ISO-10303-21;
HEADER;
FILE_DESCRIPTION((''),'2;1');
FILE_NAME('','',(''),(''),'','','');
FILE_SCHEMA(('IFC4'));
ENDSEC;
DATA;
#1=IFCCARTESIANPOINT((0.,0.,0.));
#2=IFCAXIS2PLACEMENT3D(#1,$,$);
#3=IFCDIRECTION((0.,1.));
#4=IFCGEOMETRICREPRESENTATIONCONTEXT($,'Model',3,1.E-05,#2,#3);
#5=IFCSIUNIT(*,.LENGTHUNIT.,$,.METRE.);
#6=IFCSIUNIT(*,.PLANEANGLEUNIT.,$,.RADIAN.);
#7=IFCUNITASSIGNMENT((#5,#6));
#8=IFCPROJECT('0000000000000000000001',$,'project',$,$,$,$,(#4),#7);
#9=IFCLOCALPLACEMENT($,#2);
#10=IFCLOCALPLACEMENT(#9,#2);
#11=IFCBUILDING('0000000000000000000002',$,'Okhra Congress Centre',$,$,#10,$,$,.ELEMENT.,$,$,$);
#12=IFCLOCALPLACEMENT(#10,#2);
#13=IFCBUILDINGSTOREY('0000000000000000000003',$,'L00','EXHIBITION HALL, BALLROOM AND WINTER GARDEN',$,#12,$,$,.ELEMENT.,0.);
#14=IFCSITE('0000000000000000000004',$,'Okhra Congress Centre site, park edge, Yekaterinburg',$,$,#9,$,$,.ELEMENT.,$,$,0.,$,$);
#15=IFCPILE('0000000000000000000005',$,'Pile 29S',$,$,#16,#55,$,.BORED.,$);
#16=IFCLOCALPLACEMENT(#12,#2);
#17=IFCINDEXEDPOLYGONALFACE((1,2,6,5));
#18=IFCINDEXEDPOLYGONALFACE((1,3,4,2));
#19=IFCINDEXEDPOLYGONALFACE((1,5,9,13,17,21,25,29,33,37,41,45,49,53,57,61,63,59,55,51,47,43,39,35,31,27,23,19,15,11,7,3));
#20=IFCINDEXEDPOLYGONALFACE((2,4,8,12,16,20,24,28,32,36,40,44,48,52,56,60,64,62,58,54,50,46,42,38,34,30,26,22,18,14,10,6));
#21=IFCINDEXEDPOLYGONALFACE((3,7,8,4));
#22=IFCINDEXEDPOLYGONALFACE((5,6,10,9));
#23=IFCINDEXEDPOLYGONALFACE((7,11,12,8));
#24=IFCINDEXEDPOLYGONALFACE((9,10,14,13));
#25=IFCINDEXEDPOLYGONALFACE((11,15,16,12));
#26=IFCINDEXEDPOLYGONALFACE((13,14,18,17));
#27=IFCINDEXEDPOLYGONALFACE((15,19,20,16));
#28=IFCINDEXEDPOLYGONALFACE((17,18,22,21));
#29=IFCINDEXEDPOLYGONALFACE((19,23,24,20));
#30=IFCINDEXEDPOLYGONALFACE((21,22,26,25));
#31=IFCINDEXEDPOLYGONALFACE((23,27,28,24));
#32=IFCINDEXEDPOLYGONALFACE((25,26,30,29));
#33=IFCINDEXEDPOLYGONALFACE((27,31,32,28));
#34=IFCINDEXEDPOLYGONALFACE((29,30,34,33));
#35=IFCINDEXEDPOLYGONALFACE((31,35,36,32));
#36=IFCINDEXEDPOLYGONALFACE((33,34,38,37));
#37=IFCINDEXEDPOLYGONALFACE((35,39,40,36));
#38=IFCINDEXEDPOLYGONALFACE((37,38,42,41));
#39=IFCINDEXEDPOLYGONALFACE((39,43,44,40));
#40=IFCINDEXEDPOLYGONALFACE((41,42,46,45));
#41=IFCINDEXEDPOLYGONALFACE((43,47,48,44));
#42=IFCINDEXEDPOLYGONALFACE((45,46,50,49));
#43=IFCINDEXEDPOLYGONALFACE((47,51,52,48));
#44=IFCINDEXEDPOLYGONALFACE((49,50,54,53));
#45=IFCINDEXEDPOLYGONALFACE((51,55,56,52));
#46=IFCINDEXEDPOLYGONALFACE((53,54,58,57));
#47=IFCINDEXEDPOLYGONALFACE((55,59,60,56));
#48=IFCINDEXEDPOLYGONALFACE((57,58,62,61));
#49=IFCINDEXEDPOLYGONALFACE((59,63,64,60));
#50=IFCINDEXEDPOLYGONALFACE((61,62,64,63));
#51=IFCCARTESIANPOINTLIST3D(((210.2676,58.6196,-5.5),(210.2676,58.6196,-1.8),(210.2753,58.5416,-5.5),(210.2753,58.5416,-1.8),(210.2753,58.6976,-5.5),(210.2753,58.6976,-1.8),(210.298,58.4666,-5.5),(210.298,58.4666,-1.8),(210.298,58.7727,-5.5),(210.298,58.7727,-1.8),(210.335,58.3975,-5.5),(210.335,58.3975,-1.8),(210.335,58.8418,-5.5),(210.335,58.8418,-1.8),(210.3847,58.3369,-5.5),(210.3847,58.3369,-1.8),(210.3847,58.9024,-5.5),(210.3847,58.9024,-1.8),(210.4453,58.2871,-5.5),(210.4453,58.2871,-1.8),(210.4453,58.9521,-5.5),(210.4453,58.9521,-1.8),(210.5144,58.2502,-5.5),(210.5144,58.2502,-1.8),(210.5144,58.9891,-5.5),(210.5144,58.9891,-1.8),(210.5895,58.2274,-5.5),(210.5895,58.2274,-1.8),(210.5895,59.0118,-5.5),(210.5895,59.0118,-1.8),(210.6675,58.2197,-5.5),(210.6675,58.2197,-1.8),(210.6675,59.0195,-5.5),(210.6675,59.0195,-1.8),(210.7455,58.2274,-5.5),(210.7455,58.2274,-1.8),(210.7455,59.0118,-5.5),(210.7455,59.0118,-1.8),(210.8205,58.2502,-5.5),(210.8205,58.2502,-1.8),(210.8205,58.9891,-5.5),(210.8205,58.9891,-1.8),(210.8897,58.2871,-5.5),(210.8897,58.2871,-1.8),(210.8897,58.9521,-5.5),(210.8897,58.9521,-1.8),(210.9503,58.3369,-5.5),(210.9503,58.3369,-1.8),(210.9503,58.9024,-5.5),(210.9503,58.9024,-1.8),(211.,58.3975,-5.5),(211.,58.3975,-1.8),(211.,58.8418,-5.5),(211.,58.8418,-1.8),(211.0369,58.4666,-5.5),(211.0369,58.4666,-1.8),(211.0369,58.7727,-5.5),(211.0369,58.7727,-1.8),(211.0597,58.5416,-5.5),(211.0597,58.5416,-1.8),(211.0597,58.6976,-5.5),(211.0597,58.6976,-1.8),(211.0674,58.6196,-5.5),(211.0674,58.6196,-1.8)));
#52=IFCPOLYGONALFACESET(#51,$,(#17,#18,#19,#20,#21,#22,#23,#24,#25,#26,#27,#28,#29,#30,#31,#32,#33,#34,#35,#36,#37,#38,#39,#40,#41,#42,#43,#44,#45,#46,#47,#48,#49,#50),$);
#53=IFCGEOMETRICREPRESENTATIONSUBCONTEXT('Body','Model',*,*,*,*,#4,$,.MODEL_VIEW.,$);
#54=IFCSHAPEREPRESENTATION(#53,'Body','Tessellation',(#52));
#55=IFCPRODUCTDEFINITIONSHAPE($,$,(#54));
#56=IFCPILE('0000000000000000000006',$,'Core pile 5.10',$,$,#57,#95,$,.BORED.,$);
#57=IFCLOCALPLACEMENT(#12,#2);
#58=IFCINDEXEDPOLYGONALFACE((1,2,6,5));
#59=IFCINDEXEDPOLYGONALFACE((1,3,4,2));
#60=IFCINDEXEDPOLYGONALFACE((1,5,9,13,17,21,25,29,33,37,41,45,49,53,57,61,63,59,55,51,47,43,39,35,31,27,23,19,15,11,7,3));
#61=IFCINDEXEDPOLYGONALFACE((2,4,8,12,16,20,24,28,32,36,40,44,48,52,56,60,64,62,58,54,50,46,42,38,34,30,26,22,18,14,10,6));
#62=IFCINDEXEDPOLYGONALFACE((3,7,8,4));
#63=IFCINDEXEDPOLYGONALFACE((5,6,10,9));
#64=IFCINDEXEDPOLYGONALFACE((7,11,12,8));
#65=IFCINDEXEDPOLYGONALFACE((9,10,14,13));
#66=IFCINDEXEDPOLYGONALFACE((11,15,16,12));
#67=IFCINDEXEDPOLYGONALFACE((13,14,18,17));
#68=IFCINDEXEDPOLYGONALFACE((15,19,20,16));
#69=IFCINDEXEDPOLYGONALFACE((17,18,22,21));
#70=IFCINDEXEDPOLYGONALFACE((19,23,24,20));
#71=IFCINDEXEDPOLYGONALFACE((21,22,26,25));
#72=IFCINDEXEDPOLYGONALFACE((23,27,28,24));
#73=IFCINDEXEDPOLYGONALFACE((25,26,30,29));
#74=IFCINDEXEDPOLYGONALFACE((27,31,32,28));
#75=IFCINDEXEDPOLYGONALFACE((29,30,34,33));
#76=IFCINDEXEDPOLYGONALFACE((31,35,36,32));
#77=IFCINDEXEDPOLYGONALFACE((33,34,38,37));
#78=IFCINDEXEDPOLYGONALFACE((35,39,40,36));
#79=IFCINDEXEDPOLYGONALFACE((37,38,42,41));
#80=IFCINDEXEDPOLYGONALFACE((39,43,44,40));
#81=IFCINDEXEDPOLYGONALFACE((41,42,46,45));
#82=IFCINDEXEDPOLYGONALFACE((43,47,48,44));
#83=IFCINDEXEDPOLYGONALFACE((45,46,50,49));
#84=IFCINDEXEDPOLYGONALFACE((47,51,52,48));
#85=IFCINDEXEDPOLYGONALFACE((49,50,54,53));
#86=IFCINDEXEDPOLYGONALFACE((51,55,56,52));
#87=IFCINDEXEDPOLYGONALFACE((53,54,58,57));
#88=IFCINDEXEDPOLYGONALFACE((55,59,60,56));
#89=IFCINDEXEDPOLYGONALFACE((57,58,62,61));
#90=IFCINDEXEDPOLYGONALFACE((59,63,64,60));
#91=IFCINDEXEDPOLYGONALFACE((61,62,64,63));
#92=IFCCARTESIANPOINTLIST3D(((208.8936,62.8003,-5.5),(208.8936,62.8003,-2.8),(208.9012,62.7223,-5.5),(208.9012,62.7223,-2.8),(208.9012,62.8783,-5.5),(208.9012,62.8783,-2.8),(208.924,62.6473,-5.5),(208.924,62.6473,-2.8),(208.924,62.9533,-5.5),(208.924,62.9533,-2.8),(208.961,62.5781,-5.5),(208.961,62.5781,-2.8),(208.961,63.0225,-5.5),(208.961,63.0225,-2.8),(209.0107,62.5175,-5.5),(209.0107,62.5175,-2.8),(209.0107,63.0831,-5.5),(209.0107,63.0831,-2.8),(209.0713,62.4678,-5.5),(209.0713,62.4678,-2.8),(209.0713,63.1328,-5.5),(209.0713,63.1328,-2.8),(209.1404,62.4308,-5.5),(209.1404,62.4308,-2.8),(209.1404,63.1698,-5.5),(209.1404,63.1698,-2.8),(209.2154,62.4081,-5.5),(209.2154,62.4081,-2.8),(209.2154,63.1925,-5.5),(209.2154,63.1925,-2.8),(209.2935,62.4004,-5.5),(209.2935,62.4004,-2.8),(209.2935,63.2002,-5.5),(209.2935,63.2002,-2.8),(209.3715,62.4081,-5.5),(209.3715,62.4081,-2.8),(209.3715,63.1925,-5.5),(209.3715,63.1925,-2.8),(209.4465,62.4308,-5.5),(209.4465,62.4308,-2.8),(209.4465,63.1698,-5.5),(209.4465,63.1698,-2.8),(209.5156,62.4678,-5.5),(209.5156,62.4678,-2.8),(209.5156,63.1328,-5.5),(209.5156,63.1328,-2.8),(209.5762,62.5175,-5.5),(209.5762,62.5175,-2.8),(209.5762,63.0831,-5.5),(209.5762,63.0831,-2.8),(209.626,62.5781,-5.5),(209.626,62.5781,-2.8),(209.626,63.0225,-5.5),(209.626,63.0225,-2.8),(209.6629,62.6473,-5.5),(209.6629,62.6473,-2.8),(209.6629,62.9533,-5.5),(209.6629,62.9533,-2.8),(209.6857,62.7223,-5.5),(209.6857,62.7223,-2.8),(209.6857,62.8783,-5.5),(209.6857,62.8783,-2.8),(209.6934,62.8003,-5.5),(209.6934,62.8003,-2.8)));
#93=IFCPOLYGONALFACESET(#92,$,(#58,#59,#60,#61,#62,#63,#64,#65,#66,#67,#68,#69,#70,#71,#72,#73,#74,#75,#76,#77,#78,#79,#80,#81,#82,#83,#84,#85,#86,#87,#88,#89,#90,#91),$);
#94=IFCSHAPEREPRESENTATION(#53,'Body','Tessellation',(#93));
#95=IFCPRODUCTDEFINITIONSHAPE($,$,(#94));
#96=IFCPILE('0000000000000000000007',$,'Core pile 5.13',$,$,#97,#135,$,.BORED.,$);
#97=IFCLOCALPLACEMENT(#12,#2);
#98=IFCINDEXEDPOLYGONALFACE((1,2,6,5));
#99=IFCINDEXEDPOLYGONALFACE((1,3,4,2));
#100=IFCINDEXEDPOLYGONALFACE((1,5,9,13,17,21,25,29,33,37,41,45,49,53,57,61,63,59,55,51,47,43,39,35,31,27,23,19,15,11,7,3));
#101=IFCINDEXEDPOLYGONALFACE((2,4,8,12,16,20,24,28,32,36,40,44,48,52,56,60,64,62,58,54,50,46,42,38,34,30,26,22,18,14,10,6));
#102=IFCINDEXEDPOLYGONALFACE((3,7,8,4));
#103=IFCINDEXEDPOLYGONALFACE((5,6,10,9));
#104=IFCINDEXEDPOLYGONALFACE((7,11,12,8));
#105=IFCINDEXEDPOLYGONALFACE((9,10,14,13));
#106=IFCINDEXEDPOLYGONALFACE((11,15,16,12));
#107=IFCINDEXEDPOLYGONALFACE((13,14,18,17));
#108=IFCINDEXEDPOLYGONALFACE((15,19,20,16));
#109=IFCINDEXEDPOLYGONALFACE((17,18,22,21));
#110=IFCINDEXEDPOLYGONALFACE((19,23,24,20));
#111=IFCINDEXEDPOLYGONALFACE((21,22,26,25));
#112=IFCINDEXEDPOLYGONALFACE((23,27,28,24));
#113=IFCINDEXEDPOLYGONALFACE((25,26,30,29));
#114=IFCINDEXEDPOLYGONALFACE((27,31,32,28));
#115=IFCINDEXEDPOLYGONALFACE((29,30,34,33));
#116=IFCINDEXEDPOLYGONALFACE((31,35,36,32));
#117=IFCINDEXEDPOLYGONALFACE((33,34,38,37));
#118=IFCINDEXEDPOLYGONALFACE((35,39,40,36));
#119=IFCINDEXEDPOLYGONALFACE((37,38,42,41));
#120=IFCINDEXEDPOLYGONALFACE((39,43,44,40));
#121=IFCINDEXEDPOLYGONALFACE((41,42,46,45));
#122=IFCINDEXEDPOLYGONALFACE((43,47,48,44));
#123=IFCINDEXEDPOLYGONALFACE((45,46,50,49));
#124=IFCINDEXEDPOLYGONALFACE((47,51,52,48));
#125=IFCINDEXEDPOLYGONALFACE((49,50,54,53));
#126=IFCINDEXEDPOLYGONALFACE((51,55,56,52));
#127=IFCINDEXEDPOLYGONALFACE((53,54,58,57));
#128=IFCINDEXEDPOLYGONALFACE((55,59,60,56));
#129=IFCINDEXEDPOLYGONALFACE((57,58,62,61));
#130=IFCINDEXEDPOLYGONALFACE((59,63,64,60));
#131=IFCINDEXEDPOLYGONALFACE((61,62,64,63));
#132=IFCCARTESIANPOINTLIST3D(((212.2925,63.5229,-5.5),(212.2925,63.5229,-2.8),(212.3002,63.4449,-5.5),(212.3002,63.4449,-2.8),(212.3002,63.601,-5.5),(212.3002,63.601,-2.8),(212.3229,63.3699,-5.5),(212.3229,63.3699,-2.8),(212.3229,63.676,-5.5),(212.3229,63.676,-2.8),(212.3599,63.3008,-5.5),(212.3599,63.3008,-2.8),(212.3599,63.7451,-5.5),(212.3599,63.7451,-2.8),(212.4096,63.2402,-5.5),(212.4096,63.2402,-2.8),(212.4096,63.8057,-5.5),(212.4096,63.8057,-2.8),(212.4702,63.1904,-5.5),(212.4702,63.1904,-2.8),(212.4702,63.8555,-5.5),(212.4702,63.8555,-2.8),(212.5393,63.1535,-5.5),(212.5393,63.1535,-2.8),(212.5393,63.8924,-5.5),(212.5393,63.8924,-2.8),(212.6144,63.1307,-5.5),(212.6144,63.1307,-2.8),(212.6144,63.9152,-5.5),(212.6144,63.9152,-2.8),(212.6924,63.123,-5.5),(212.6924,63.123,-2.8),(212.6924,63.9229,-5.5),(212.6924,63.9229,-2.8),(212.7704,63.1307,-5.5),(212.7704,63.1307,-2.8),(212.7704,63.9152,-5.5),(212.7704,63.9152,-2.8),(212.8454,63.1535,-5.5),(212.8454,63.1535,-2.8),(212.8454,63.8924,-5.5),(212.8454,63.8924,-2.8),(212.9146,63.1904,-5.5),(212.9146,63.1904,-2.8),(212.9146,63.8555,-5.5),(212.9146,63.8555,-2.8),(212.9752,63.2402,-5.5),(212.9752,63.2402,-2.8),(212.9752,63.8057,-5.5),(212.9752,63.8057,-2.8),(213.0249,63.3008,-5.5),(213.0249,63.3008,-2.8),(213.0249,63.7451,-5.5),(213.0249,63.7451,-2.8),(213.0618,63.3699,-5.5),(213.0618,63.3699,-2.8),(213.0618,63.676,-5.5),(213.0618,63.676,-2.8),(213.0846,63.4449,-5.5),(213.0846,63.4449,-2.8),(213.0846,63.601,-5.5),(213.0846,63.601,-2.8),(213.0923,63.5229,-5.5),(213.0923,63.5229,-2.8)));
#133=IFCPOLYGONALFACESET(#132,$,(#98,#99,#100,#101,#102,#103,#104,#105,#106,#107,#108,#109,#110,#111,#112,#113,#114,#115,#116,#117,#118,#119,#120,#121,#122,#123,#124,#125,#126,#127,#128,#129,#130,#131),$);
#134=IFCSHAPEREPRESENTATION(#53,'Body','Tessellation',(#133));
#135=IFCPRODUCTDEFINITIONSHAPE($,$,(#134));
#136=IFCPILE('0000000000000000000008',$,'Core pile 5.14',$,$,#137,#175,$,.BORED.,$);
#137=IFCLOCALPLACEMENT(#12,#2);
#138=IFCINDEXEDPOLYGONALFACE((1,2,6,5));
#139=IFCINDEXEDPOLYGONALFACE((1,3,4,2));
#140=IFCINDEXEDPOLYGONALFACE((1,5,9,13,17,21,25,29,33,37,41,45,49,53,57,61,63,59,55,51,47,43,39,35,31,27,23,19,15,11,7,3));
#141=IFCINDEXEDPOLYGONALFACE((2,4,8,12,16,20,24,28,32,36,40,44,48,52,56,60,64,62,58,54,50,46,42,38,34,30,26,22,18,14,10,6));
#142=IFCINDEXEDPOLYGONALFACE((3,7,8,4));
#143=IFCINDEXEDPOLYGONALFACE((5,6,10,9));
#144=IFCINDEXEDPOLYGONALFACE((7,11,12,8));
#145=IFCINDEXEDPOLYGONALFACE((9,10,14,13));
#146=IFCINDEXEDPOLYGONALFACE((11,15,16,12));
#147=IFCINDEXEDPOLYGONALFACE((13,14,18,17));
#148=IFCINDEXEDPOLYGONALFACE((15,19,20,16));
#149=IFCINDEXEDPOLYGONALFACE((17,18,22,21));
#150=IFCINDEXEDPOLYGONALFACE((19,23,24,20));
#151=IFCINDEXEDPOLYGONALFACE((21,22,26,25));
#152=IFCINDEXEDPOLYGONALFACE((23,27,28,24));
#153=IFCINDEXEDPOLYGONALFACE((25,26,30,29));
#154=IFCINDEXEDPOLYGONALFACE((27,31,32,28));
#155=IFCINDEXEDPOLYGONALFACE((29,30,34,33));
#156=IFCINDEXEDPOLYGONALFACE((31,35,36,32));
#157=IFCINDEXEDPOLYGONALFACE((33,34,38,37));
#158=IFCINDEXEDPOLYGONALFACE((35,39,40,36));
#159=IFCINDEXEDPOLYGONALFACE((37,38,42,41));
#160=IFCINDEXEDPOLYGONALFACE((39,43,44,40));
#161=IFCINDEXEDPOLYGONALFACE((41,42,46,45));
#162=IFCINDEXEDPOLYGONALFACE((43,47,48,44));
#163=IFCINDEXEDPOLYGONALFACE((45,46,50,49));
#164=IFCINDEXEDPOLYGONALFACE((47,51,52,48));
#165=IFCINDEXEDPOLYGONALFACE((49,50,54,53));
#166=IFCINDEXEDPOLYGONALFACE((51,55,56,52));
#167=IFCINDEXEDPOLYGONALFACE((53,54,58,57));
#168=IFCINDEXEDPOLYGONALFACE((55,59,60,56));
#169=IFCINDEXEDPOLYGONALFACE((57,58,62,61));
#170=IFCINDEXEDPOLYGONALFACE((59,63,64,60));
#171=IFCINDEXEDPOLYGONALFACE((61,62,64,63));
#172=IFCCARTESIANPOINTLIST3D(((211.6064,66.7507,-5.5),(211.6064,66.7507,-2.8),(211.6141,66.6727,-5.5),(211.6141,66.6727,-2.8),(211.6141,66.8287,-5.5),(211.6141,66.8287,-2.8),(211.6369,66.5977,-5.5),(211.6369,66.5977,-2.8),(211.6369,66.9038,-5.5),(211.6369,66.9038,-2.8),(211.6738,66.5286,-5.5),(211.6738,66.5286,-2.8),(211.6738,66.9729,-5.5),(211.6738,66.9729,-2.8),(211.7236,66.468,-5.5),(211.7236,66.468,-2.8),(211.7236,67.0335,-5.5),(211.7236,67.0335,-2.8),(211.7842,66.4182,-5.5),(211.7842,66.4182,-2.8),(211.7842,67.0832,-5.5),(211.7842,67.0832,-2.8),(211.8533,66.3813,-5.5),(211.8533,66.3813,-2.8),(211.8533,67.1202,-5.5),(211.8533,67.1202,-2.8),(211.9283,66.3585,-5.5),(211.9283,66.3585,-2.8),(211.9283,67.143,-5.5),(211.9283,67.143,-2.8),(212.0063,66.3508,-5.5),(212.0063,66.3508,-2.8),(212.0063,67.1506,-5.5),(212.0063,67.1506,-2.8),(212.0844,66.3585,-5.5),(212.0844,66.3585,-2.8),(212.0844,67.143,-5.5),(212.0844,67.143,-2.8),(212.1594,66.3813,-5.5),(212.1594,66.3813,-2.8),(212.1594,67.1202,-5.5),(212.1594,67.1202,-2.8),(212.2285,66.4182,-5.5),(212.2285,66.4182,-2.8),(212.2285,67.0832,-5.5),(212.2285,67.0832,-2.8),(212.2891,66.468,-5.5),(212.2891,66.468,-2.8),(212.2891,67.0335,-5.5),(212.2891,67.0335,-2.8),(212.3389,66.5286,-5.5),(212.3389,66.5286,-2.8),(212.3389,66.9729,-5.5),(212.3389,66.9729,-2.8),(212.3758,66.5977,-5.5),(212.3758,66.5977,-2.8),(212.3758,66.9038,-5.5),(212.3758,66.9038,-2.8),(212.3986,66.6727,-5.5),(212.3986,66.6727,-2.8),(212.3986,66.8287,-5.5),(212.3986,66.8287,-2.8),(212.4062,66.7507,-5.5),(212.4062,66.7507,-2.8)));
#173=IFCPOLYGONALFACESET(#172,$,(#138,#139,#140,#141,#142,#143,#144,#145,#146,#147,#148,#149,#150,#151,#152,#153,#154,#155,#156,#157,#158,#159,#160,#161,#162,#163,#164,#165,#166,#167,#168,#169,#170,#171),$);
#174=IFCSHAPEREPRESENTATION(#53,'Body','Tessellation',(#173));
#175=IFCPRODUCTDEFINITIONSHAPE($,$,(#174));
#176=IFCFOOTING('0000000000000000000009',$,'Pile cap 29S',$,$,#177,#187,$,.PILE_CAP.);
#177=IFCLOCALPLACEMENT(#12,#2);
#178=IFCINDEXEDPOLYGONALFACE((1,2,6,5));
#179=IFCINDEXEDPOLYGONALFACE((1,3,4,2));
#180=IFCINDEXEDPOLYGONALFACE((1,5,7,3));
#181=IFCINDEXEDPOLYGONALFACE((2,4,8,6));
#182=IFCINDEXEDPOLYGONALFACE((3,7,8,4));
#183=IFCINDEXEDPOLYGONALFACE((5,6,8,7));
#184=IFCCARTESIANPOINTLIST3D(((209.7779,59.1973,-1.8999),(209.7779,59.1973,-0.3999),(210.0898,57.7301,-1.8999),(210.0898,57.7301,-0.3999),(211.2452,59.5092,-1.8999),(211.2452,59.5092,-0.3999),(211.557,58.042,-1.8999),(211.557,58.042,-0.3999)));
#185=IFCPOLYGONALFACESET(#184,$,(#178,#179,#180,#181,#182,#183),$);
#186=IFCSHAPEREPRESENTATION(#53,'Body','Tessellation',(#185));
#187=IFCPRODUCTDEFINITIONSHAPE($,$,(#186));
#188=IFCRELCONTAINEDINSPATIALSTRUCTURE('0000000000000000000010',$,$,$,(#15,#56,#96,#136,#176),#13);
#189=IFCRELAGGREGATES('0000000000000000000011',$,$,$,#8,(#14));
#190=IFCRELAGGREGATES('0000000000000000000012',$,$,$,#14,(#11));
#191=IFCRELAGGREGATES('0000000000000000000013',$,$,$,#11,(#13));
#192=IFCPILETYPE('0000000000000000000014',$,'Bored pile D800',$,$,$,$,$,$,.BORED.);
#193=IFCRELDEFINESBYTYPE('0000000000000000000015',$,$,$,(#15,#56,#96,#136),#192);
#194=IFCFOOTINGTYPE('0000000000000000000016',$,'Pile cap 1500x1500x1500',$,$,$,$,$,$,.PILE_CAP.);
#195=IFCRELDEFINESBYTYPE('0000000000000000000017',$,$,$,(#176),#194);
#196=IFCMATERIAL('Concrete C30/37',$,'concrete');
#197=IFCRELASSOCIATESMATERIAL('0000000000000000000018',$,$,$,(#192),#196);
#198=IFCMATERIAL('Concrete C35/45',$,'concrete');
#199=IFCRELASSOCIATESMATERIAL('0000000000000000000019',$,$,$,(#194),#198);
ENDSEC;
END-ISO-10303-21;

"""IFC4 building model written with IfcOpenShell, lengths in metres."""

from ifc_helpers import new_model, si_unit, direction, frame, origin, origin_2d, place, context, subcontext, project, spatial, rectangle, circle, extrude, material, material_profile, profile_set, type_object, element, save


model = new_model("IFC4")

# Units and contexts
model_context = context("Model", 3, precision=1e-05, world=origin(), true_north=direction((0.0, 1.0)))
body_context = subcontext(model_context, "Body", "Model", "MODEL_VIEW")
ifc_project = project(units=[si_unit("LENGTHUNIT", "METRE"), si_unit("PLANEANGLEUNIT", "RADIAN")], contexts=[model_context])

# Site, building, storey
site_placement = place(None, origin())
site = spatial("IfcSite", under=ifc_project, at=site_placement, Name="Okhra Congress Centre site, park edge, Yekaterinburg", CompositionType="ELEMENT", RefElevation=0.0)
building_placement = place(site_placement, origin())
building = spatial("IfcBuilding", under=site, at=building_placement, Name="Okhra Congress Centre", CompositionType="ELEMENT")
storey_placement = place(building_placement, origin())
storey = spatial("IfcBuildingStorey", under=building, at=storey_placement, Name="L00", Description="EXHIBITION HALL, BALLROOM AND WINTER GARDEN", CompositionType="ELEMENT", Elevation=0.0)

# Piles
ifc_material_1 = material(Name="Concrete C30/37", Category="concrete")
ifc_material_profile_1 = material_profile(ifc_material_1, circle(Radius=0.3999, at=origin_2d()), Name="D800")
ifc_profile_set_1 = profile_set([ifc_material_profile_1], Name="Concrete C30/37")
pile_type = type_object("IfcPileType", Name="Bored pile D800", PredefinedType="BORED", material=ifc_profile_set_1)
pile_placement = place(storey_placement, frame((210.6675, 58.6196, -1.8), z_axis=(0.0, 0.0, -1.0), x_axis=(1.0, 0.0, 0.0)))
element("IfcPile", 1, at=pile_placement, inside=storey, type_object=pile_type, Name="Pile 29S", PredefinedType="BORED", context=body_context, shape_type="SweptSolid", body=[
    extrude(circle(Radius=0.3999, at=origin_2d()), origin(), (0.0, 0.0, 1.0), 3.7),
])
for number, where, z_axis, x_axis, name in (
    (2, (209.2935, 62.8003, -2.8), (0.0, 0.0, -1.0), (1.0, 0.0, 0.0), "Core pile 5.10"),
    (3, (212.6924, 63.5229, -2.8), (0.0, 0.0, -1.0), (1.0, 0.0, 0.0), "Core pile 5.13"),
    (4, (212.0063, 66.7507, -2.8), (0.0, 0.0, -1.0), (1.0, 0.0, 0.0), "Core pile 5.14"),
):
    element("IfcPile", number, at=place(storey_placement, frame(where, z_axis=z_axis, x_axis=x_axis)), inside=storey, type_object=pile_type, Name=name, PredefinedType="BORED", context=body_context, shape_type="SweptSolid", body=[
        extrude(circle(Radius=0.3999, at=origin_2d()), origin(), (0.0, 0.0, 1.0), 2.7),
    ])

# Footing
ifc_material_2 = material(Name="Concrete C35/45", Category="concrete")
footing_type = type_object("IfcFootingType", Name="Pile cap 1500x1500x1500", PredefinedType="PILE_CAP", material=ifc_material_2)
footing_placement = place(storey_placement, frame((210.6675, 58.6196, -1.8999), z_axis=(0.0, 0.0, 1.0), x_axis=(0.978148, 0.207912, 0.0)))
element("IfcFooting", 5, at=footing_placement, inside=storey, type_object=footing_type, Name="Pile cap 29S", PredefinedType="PILE_CAP", context=body_context, shape_type="SweptSolid", body=[
    extrude(rectangle(XDim=1.5, YDim=1.5, at=origin_2d()), origin(), (0.0, 0.0, 1.0), 1.5),
])

save(model, "model.ifc")
